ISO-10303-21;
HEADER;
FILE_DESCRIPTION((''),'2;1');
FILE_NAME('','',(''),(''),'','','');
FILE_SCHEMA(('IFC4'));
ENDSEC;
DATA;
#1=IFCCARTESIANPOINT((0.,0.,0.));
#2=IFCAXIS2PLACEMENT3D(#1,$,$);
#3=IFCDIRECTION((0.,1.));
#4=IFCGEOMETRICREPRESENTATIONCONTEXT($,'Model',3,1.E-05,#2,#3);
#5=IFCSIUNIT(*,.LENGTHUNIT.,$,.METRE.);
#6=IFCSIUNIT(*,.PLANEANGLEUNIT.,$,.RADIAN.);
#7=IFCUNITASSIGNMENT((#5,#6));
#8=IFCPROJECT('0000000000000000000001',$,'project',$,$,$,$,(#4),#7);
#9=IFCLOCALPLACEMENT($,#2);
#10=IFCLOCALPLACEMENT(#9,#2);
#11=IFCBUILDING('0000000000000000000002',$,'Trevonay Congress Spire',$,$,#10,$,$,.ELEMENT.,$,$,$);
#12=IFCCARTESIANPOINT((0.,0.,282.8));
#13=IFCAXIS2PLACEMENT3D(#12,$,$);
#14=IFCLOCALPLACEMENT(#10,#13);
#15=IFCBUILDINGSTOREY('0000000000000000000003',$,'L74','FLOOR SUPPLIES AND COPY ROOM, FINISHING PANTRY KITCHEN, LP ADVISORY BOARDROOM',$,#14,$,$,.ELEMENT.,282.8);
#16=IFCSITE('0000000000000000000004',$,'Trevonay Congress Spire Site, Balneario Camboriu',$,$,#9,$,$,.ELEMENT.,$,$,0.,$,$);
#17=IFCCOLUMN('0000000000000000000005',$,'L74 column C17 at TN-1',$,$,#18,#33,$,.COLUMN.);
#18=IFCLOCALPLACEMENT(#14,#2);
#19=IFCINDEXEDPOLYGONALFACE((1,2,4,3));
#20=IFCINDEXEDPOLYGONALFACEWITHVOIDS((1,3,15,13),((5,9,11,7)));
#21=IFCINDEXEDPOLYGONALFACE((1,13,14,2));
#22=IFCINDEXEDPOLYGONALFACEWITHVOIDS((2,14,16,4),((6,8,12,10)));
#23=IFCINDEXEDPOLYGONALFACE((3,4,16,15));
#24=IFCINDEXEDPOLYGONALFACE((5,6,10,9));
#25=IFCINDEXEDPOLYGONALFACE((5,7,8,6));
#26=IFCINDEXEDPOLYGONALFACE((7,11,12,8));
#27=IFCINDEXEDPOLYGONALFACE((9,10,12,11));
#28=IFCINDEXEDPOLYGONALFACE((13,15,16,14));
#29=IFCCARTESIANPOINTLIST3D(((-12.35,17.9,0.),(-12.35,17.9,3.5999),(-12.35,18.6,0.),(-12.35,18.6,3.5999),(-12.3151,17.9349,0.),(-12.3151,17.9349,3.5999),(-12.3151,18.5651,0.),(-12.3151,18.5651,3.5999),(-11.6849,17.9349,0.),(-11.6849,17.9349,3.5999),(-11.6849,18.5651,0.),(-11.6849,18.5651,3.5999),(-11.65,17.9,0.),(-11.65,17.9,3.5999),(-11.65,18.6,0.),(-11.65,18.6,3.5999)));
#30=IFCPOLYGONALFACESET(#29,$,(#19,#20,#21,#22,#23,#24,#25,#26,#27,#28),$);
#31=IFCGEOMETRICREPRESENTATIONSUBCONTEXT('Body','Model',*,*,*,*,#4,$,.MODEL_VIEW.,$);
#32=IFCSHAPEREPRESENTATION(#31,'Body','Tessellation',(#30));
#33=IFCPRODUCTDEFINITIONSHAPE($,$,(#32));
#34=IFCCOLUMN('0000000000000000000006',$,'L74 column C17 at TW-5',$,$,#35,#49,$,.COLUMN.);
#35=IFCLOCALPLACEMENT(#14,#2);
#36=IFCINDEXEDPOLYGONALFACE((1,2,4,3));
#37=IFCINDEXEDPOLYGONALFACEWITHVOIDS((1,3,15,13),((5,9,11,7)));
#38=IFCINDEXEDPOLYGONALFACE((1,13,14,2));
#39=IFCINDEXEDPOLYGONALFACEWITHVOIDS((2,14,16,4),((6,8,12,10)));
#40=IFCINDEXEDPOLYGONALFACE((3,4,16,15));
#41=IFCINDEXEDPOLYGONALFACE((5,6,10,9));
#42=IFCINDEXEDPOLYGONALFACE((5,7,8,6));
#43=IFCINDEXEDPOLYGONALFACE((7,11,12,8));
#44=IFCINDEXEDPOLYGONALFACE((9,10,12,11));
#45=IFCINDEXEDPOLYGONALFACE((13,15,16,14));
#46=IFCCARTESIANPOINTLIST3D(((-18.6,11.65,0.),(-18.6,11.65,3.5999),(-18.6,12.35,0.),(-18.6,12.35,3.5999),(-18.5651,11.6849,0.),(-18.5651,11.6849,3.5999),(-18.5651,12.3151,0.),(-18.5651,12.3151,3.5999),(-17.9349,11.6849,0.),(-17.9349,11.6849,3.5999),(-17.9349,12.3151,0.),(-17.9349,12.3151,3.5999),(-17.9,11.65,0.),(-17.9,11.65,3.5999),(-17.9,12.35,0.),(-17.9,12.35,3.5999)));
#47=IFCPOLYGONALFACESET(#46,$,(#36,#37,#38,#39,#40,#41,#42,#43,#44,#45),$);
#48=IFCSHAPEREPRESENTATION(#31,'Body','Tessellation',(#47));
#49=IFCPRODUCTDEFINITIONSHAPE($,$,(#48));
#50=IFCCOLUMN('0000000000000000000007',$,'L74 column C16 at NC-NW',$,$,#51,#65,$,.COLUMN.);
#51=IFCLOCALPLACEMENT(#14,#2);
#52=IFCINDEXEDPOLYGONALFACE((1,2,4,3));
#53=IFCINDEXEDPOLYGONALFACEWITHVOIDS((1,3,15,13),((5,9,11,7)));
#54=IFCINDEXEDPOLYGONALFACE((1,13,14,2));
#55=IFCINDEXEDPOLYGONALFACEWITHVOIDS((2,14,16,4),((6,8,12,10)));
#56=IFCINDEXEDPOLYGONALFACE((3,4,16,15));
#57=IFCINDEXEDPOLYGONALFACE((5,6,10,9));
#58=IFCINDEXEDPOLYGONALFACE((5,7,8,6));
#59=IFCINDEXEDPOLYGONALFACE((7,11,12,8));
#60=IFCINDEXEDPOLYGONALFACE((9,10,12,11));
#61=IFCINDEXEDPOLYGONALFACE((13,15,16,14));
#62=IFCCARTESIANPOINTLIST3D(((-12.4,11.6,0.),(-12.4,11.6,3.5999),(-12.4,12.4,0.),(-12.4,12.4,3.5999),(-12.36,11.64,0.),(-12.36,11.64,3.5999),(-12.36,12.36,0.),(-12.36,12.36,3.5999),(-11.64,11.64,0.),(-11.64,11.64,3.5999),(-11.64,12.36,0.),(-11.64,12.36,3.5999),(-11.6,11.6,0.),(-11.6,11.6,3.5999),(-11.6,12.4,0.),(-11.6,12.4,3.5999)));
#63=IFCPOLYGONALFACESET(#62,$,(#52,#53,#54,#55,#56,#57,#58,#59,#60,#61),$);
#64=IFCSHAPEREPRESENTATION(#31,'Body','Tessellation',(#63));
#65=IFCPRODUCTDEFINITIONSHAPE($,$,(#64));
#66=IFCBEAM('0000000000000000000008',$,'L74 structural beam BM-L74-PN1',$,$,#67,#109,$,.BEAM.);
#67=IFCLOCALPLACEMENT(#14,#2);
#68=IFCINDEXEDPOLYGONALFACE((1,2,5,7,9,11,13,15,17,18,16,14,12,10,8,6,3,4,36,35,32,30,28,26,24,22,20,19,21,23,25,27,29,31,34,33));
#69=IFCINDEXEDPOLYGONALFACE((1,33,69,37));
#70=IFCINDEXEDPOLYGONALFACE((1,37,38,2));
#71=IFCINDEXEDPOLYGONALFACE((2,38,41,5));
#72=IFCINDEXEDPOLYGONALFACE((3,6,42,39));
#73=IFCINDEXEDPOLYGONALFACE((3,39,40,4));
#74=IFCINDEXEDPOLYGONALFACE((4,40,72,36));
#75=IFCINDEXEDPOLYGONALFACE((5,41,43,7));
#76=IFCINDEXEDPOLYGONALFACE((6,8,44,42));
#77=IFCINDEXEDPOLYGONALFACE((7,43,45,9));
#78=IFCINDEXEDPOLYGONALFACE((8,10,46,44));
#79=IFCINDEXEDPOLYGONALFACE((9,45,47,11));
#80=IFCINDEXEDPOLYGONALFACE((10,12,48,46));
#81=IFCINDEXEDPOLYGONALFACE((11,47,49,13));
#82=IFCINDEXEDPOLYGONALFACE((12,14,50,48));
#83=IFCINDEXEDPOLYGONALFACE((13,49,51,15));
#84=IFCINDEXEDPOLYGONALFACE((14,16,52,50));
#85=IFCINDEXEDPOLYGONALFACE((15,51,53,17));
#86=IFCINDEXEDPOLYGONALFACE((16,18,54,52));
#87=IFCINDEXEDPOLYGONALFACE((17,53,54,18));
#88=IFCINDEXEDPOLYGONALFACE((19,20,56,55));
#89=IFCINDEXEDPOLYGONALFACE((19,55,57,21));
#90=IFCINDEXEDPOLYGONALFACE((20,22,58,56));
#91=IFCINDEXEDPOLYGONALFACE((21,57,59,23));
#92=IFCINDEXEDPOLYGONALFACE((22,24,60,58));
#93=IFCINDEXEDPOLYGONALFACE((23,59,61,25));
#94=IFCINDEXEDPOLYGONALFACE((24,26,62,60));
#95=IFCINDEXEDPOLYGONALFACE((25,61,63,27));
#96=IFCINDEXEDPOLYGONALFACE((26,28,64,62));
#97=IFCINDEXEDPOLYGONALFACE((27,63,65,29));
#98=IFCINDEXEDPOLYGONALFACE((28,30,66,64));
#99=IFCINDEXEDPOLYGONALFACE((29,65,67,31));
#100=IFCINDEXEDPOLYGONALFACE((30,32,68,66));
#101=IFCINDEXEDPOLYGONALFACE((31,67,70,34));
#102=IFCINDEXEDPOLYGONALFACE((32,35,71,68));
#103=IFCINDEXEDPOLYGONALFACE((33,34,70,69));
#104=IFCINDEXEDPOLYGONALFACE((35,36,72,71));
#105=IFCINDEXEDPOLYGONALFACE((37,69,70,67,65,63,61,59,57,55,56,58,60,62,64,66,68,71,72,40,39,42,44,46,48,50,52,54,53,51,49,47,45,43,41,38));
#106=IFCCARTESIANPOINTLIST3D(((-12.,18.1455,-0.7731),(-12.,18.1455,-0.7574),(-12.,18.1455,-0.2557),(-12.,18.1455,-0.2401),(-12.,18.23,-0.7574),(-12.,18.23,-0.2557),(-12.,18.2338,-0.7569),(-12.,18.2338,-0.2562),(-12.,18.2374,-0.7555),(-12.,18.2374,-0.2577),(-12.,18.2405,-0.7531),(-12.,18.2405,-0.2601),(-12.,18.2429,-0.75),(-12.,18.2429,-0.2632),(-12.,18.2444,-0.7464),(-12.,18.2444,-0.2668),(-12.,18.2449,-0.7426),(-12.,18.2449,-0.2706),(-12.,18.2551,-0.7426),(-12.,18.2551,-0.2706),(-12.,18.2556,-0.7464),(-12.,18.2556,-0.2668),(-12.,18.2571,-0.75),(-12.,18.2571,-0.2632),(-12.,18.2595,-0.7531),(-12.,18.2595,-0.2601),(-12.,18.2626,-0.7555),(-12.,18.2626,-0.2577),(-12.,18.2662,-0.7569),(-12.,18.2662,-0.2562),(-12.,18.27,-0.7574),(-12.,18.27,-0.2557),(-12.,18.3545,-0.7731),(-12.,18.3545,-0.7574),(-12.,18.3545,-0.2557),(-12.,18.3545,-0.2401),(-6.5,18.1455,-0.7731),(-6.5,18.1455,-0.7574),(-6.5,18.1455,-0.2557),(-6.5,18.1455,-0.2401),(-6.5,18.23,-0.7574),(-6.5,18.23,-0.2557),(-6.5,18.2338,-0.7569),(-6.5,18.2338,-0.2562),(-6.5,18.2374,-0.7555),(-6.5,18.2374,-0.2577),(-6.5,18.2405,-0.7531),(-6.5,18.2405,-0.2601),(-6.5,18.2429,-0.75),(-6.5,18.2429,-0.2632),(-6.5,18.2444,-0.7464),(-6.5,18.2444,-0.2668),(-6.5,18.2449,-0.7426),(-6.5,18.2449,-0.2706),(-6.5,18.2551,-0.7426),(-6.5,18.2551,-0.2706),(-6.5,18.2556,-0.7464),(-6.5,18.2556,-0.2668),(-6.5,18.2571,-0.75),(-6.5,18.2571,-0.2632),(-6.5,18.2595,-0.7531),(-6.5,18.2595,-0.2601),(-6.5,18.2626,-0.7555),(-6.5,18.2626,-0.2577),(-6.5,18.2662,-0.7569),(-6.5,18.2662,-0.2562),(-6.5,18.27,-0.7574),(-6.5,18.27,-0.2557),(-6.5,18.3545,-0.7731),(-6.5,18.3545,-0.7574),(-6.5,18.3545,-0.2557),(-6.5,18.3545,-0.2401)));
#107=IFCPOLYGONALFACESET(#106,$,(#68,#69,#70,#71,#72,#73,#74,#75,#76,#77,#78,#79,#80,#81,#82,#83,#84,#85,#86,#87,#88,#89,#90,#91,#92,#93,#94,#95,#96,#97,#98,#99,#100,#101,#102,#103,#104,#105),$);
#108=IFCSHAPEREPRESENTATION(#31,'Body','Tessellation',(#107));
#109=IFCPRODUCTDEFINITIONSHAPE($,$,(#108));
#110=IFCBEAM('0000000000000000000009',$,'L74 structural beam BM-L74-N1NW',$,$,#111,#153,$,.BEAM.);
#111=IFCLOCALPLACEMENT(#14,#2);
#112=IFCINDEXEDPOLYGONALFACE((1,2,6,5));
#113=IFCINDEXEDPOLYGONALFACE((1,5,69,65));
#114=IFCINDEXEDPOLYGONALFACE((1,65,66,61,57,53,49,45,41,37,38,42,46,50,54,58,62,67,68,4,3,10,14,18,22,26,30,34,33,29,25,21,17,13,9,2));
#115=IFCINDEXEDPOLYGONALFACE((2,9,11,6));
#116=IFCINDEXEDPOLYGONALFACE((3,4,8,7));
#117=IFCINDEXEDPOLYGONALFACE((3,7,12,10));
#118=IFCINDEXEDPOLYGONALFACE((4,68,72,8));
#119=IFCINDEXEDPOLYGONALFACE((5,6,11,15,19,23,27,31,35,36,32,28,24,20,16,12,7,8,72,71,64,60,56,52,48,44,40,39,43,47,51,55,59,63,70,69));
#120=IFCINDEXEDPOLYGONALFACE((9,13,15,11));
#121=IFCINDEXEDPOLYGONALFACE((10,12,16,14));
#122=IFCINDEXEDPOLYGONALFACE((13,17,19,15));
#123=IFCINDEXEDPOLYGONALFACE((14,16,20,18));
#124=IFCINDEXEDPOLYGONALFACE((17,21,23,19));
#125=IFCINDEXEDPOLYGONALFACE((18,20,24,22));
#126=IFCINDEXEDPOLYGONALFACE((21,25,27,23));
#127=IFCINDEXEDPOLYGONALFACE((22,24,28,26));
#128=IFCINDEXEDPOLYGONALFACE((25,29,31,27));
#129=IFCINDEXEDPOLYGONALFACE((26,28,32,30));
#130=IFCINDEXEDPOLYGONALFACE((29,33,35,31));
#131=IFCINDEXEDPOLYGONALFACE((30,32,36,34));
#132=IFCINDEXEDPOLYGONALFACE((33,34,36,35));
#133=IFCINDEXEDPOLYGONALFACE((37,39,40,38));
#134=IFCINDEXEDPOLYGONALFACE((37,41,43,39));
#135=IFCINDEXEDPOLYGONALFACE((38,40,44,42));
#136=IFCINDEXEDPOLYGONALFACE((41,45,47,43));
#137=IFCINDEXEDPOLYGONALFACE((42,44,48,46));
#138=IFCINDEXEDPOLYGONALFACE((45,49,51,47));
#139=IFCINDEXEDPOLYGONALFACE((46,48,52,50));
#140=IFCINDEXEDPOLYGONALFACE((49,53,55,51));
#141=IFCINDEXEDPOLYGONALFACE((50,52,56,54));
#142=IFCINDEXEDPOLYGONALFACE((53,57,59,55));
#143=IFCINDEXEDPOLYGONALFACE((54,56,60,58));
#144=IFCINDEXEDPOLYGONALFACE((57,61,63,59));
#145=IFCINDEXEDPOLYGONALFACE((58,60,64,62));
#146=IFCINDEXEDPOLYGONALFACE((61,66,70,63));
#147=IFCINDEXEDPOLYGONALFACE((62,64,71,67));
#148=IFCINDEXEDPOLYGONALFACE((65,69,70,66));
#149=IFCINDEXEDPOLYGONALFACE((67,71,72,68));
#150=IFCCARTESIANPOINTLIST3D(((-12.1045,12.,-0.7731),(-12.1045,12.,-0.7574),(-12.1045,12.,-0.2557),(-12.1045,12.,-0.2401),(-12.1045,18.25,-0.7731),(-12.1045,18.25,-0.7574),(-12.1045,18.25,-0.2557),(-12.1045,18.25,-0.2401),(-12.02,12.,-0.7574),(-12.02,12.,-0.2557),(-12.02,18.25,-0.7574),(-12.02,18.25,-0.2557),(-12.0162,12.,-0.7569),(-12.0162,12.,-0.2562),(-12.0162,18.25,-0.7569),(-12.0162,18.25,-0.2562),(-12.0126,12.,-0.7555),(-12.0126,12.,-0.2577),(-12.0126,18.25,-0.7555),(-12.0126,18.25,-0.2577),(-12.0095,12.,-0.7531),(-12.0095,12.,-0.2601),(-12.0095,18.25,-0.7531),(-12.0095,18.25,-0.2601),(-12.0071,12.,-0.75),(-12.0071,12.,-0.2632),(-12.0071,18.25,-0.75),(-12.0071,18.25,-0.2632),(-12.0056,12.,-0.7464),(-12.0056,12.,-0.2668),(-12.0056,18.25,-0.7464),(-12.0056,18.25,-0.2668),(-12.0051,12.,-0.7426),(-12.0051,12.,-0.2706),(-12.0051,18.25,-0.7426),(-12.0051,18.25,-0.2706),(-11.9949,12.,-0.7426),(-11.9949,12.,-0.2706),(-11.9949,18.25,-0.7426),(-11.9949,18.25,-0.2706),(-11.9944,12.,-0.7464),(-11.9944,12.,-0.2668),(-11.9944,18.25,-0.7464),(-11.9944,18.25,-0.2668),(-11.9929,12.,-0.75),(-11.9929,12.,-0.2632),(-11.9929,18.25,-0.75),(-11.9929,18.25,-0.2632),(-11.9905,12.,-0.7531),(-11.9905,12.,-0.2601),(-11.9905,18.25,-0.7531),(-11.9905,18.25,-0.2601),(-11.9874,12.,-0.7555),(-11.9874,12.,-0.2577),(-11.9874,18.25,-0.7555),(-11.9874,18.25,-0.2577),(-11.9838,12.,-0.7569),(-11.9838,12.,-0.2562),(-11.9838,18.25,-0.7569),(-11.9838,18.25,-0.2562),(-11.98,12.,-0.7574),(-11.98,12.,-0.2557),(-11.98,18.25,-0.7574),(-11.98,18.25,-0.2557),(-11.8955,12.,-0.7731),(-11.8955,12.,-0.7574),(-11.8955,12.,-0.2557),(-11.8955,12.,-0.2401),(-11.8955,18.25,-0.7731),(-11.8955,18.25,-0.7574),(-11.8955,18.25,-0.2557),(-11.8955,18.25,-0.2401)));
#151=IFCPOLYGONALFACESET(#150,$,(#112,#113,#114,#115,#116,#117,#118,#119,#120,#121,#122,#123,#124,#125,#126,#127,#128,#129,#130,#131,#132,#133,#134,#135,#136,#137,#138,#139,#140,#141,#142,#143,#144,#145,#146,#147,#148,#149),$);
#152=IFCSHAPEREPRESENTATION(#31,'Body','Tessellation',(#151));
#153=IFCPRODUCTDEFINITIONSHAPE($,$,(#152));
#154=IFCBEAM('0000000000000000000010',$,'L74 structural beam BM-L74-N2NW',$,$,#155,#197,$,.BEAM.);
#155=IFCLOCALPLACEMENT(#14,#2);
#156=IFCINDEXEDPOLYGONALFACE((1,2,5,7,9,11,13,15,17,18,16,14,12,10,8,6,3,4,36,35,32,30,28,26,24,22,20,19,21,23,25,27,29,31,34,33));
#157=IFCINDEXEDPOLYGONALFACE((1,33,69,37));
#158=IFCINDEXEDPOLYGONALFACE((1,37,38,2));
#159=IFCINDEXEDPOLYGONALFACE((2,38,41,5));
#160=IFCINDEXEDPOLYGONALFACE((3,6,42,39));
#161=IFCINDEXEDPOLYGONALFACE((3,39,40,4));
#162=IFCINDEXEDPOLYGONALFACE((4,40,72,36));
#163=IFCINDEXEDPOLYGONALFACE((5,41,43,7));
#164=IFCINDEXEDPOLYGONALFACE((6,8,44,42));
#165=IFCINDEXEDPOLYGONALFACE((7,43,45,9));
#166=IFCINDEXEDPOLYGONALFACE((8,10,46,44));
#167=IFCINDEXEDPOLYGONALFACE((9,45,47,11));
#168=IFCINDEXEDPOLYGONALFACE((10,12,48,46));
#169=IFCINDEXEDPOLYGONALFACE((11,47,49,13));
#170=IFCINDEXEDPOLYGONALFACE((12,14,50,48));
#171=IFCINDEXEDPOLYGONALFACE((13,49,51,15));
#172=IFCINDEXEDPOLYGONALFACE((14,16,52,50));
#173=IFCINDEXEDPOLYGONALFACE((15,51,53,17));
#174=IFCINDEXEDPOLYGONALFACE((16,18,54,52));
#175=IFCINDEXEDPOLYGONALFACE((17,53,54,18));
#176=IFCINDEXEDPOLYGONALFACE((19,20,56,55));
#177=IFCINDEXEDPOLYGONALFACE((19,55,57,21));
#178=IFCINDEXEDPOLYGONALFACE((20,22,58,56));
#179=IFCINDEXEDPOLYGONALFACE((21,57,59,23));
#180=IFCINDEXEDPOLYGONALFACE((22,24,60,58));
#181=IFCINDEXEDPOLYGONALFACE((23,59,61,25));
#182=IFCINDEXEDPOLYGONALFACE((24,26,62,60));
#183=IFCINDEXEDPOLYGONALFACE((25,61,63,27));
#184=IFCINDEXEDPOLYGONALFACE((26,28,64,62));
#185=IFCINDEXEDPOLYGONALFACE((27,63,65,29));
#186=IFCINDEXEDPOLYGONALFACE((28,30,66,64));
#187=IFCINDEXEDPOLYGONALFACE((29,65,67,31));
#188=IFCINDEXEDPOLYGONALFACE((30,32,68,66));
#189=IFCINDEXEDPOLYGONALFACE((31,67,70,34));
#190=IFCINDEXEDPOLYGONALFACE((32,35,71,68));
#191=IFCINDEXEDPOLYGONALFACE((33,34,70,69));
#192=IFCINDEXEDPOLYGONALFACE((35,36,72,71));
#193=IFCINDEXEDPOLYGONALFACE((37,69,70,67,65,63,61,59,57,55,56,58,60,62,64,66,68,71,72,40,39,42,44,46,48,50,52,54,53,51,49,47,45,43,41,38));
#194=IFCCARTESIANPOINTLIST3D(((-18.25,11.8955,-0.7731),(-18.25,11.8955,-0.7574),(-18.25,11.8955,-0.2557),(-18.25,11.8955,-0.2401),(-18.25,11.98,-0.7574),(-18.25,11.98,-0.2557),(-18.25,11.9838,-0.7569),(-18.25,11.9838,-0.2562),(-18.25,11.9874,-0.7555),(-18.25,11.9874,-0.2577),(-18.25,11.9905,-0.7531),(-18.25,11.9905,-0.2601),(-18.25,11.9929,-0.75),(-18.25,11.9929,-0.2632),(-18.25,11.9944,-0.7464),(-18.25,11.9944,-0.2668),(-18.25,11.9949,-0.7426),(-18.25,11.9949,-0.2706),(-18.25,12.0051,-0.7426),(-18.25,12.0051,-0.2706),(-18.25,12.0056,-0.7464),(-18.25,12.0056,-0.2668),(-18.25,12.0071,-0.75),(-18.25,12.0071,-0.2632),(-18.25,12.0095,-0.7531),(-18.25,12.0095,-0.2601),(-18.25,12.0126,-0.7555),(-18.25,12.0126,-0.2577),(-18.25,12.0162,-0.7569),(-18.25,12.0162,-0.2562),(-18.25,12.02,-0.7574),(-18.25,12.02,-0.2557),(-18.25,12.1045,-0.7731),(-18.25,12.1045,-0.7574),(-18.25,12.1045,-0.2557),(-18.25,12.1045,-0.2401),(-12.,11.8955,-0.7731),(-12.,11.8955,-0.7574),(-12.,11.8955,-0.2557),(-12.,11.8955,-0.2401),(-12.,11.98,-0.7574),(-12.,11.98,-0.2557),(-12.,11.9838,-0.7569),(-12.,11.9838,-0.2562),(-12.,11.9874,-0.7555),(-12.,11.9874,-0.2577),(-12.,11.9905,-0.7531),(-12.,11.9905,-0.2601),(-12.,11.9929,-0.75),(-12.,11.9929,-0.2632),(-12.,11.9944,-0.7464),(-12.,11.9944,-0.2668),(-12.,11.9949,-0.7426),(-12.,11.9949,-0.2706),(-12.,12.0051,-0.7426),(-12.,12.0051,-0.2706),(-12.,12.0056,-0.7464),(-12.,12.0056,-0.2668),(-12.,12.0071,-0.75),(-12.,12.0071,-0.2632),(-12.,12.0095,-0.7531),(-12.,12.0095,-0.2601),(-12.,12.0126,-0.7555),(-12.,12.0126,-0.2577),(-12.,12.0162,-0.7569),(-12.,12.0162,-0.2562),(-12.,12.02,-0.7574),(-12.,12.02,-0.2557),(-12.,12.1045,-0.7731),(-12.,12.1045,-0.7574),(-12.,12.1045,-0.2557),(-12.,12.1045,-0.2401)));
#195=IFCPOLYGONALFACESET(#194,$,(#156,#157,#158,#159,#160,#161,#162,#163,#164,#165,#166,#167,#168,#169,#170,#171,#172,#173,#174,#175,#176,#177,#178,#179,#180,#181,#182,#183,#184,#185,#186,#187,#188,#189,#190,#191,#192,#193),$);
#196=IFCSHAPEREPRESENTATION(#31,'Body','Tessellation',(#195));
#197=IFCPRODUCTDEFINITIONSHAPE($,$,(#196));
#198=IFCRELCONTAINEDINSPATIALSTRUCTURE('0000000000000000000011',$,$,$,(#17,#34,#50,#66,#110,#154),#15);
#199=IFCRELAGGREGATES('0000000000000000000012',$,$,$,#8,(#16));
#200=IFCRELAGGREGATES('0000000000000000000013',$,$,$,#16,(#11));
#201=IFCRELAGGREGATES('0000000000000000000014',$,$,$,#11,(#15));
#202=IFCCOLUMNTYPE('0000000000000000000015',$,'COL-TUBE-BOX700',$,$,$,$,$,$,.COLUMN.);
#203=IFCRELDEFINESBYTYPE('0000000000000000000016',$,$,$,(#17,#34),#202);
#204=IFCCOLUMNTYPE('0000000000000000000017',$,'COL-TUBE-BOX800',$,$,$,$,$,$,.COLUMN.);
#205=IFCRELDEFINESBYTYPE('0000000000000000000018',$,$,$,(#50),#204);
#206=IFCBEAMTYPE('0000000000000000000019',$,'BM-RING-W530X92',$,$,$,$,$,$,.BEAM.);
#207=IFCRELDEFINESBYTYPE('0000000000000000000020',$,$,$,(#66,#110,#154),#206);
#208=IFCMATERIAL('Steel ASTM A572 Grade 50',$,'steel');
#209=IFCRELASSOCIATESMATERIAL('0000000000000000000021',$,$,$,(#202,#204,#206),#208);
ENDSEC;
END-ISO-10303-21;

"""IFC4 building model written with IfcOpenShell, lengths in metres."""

from ifc_helpers import new_model, si_unit, direction, frame, origin, origin_2d, place, context, subcontext, project, spatial, hollow_rectangle, i_section, extrude, material, material_profile, profile_set, type_object, element, save


model = new_model("IFC4")

# Units and contexts
model_context = context("Model", 3, precision=1e-05, world=origin(), true_north=direction((0.0, 1.0)))
body_context = subcontext(model_context, "Body", "Model", "MODEL_VIEW")
ifc_project = project(units=[si_unit("LENGTHUNIT", "METRE"), si_unit("PLANEANGLEUNIT", "RADIAN")], contexts=[model_context])

# Site, building, storey
site_placement = place(None, origin())
site = spatial("IfcSite", under=ifc_project, at=site_placement, Name="Trevonay Congress Spire Site, Balneario Camboriu", CompositionType="ELEMENT", RefElevation=0.0)
building_placement = place(site_placement, origin())
building = spatial("IfcBuilding", under=site, at=building_placement, Name="Trevonay Congress Spire", CompositionType="ELEMENT")
storey_placement = place(building_placement, frame((0.0, 0.0, 282.8)))
storey = spatial("IfcBuildingStorey", under=building, at=storey_placement, Name="L74", Description="FLOOR SUPPLIES AND COPY ROOM, FINISHING PANTRY KITCHEN, LP ADVISORY BOARDROOM", CompositionType="ELEMENT", Elevation=282.8)

# Columns
ifc_material_1 = material(Name="Steel ASTM A572 Grade 50", Category="steel")
ifc_material_profile_1 = material_profile(ifc_material_1, hollow_rectangle(XDim=0.7, YDim=0.7, WallThickness=0.0349, at=origin_2d()), Name="BOX 700x700x35")
ifc_profile_set_1 = profile_set([ifc_material_profile_1], Name="Steel ASTM A572 Grade 50")
column_type_1 = type_object("IfcColumnType", Name="COL-TUBE-BOX700", PredefinedType="COLUMN", material=ifc_profile_set_1)
for number, where, z_axis, x_axis, name in (
    (1, (-12.0, 18.25, 0.0), (0.0, 0.0, 1.0), (1.0, 0.0, 0.0), "L74 column C17 at TN-1"),
    (2, (-18.25, 12.0, 0.0), (0.0, 0.0, 1.0), (1.0, 0.0, 0.0), "L74 column C17 at TW-5"),
):
    element("IfcColumn", number, at=place(storey_placement, frame(where, z_axis=z_axis, x_axis=x_axis)), inside=storey, type_object=column_type_1, Name=name, PredefinedType="COLUMN", context=body_context, shape_type="SweptSolid", body=[
        extrude(hollow_rectangle(XDim=0.7, YDim=0.7, WallThickness=0.0349, at=origin_2d()), origin(), (0.0, 0.0, 1.0), 3.5999),
    ])
ifc_material_profile_2 = material_profile(ifc_material_1, hollow_rectangle(XDim=0.8, YDim=0.8, WallThickness=0.04, at=origin_2d()), Name="BOX 800x800x40")
ifc_profile_set_2 = profile_set([ifc_material_profile_2], Name="Steel ASTM A572 Grade 50")
column_type_2 = type_object("IfcColumnType", Name="COL-TUBE-BOX800", PredefinedType="COLUMN", material=ifc_profile_set_2)
column_placement = place(storey_placement, frame((-12.0, 12.0, 0.0), z_axis=(0.0, 0.0, 1.0), x_axis=(1.0, 0.0, 0.0)))
element("IfcColumn", 3, at=column_placement, inside=storey, type_object=column_type_2, Name="L74 column C16 at NC-NW", PredefinedType="COLUMN", context=body_context, shape_type="SweptSolid", body=[
    extrude(hollow_rectangle(XDim=0.8, YDim=0.8, WallThickness=0.04, at=origin_2d()), origin(), (0.0, 0.0, 1.0), 3.5999),
])

# Beams
ifc_material_profile_3 = material_profile(ifc_material_1, i_section(OverallWidth=0.209, OverallDepth=0.533, WebThickness=0.0103, FlangeThickness=0.0156, FilletRadius=0.0149, at=origin_2d()), Name="W530x92")
ifc_profile_set_3 = profile_set([ifc_material_profile_3], Name="Steel ASTM A572 Grade 50")
beam_type_1 = type_object("IfcBeamType", Name="BM-RING-W530X92", PredefinedType="BEAM", material=ifc_profile_set_3)
beam_1_placement = place(storey_placement, frame((-12.0, 18.25, -0.5066), z_axis=(1.0, 0.0, 0.0), x_axis=(0.0, 1.0, 0.0)))
element("IfcBeam", 4, at=beam_1_placement, inside=storey, type_object=beam_type_1, Name="L74 structural beam BM-L74-PN1", PredefinedType="BEAM", context=body_context, shape_type="SweptSolid", body=[
    extrude(i_section(OverallWidth=0.209, OverallDepth=0.533, WebThickness=0.0103, FlangeThickness=0.0156, FilletRadius=0.0149, at=origin_2d()), origin(), (0.0, 0.0, 1.0), 5.5),
])
for number, where, z_axis, x_axis, name in (
    (5, (-12.0, 18.25, -0.5066), (0.0, -1.0, 0.0), (1.0, 0.0, 0.0), "L74 structural beam BM-L74-N1NW"),
    (6, (-18.25, 12.0, -0.5066), (1.0, 0.0, 0.0), (0.0, 1.0, 0.0), "L74 structural beam BM-L74-N2NW"),
):
    element("IfcBeam", number, at=place(storey_placement, frame(where, z_axis=z_axis, x_axis=x_axis)), inside=storey, type_object=beam_type_1, Name=name, PredefinedType="BEAM", context=body_context, shape_type="SweptSolid", body=[
        extrude(i_section(OverallWidth=0.209, OverallDepth=0.533, WebThickness=0.0103, FlangeThickness=0.0156, FilletRadius=0.0149, at=origin_2d()), origin(), (0.0, 0.0, 1.0), 6.25),
    ])

save(model, "model.ifc")
